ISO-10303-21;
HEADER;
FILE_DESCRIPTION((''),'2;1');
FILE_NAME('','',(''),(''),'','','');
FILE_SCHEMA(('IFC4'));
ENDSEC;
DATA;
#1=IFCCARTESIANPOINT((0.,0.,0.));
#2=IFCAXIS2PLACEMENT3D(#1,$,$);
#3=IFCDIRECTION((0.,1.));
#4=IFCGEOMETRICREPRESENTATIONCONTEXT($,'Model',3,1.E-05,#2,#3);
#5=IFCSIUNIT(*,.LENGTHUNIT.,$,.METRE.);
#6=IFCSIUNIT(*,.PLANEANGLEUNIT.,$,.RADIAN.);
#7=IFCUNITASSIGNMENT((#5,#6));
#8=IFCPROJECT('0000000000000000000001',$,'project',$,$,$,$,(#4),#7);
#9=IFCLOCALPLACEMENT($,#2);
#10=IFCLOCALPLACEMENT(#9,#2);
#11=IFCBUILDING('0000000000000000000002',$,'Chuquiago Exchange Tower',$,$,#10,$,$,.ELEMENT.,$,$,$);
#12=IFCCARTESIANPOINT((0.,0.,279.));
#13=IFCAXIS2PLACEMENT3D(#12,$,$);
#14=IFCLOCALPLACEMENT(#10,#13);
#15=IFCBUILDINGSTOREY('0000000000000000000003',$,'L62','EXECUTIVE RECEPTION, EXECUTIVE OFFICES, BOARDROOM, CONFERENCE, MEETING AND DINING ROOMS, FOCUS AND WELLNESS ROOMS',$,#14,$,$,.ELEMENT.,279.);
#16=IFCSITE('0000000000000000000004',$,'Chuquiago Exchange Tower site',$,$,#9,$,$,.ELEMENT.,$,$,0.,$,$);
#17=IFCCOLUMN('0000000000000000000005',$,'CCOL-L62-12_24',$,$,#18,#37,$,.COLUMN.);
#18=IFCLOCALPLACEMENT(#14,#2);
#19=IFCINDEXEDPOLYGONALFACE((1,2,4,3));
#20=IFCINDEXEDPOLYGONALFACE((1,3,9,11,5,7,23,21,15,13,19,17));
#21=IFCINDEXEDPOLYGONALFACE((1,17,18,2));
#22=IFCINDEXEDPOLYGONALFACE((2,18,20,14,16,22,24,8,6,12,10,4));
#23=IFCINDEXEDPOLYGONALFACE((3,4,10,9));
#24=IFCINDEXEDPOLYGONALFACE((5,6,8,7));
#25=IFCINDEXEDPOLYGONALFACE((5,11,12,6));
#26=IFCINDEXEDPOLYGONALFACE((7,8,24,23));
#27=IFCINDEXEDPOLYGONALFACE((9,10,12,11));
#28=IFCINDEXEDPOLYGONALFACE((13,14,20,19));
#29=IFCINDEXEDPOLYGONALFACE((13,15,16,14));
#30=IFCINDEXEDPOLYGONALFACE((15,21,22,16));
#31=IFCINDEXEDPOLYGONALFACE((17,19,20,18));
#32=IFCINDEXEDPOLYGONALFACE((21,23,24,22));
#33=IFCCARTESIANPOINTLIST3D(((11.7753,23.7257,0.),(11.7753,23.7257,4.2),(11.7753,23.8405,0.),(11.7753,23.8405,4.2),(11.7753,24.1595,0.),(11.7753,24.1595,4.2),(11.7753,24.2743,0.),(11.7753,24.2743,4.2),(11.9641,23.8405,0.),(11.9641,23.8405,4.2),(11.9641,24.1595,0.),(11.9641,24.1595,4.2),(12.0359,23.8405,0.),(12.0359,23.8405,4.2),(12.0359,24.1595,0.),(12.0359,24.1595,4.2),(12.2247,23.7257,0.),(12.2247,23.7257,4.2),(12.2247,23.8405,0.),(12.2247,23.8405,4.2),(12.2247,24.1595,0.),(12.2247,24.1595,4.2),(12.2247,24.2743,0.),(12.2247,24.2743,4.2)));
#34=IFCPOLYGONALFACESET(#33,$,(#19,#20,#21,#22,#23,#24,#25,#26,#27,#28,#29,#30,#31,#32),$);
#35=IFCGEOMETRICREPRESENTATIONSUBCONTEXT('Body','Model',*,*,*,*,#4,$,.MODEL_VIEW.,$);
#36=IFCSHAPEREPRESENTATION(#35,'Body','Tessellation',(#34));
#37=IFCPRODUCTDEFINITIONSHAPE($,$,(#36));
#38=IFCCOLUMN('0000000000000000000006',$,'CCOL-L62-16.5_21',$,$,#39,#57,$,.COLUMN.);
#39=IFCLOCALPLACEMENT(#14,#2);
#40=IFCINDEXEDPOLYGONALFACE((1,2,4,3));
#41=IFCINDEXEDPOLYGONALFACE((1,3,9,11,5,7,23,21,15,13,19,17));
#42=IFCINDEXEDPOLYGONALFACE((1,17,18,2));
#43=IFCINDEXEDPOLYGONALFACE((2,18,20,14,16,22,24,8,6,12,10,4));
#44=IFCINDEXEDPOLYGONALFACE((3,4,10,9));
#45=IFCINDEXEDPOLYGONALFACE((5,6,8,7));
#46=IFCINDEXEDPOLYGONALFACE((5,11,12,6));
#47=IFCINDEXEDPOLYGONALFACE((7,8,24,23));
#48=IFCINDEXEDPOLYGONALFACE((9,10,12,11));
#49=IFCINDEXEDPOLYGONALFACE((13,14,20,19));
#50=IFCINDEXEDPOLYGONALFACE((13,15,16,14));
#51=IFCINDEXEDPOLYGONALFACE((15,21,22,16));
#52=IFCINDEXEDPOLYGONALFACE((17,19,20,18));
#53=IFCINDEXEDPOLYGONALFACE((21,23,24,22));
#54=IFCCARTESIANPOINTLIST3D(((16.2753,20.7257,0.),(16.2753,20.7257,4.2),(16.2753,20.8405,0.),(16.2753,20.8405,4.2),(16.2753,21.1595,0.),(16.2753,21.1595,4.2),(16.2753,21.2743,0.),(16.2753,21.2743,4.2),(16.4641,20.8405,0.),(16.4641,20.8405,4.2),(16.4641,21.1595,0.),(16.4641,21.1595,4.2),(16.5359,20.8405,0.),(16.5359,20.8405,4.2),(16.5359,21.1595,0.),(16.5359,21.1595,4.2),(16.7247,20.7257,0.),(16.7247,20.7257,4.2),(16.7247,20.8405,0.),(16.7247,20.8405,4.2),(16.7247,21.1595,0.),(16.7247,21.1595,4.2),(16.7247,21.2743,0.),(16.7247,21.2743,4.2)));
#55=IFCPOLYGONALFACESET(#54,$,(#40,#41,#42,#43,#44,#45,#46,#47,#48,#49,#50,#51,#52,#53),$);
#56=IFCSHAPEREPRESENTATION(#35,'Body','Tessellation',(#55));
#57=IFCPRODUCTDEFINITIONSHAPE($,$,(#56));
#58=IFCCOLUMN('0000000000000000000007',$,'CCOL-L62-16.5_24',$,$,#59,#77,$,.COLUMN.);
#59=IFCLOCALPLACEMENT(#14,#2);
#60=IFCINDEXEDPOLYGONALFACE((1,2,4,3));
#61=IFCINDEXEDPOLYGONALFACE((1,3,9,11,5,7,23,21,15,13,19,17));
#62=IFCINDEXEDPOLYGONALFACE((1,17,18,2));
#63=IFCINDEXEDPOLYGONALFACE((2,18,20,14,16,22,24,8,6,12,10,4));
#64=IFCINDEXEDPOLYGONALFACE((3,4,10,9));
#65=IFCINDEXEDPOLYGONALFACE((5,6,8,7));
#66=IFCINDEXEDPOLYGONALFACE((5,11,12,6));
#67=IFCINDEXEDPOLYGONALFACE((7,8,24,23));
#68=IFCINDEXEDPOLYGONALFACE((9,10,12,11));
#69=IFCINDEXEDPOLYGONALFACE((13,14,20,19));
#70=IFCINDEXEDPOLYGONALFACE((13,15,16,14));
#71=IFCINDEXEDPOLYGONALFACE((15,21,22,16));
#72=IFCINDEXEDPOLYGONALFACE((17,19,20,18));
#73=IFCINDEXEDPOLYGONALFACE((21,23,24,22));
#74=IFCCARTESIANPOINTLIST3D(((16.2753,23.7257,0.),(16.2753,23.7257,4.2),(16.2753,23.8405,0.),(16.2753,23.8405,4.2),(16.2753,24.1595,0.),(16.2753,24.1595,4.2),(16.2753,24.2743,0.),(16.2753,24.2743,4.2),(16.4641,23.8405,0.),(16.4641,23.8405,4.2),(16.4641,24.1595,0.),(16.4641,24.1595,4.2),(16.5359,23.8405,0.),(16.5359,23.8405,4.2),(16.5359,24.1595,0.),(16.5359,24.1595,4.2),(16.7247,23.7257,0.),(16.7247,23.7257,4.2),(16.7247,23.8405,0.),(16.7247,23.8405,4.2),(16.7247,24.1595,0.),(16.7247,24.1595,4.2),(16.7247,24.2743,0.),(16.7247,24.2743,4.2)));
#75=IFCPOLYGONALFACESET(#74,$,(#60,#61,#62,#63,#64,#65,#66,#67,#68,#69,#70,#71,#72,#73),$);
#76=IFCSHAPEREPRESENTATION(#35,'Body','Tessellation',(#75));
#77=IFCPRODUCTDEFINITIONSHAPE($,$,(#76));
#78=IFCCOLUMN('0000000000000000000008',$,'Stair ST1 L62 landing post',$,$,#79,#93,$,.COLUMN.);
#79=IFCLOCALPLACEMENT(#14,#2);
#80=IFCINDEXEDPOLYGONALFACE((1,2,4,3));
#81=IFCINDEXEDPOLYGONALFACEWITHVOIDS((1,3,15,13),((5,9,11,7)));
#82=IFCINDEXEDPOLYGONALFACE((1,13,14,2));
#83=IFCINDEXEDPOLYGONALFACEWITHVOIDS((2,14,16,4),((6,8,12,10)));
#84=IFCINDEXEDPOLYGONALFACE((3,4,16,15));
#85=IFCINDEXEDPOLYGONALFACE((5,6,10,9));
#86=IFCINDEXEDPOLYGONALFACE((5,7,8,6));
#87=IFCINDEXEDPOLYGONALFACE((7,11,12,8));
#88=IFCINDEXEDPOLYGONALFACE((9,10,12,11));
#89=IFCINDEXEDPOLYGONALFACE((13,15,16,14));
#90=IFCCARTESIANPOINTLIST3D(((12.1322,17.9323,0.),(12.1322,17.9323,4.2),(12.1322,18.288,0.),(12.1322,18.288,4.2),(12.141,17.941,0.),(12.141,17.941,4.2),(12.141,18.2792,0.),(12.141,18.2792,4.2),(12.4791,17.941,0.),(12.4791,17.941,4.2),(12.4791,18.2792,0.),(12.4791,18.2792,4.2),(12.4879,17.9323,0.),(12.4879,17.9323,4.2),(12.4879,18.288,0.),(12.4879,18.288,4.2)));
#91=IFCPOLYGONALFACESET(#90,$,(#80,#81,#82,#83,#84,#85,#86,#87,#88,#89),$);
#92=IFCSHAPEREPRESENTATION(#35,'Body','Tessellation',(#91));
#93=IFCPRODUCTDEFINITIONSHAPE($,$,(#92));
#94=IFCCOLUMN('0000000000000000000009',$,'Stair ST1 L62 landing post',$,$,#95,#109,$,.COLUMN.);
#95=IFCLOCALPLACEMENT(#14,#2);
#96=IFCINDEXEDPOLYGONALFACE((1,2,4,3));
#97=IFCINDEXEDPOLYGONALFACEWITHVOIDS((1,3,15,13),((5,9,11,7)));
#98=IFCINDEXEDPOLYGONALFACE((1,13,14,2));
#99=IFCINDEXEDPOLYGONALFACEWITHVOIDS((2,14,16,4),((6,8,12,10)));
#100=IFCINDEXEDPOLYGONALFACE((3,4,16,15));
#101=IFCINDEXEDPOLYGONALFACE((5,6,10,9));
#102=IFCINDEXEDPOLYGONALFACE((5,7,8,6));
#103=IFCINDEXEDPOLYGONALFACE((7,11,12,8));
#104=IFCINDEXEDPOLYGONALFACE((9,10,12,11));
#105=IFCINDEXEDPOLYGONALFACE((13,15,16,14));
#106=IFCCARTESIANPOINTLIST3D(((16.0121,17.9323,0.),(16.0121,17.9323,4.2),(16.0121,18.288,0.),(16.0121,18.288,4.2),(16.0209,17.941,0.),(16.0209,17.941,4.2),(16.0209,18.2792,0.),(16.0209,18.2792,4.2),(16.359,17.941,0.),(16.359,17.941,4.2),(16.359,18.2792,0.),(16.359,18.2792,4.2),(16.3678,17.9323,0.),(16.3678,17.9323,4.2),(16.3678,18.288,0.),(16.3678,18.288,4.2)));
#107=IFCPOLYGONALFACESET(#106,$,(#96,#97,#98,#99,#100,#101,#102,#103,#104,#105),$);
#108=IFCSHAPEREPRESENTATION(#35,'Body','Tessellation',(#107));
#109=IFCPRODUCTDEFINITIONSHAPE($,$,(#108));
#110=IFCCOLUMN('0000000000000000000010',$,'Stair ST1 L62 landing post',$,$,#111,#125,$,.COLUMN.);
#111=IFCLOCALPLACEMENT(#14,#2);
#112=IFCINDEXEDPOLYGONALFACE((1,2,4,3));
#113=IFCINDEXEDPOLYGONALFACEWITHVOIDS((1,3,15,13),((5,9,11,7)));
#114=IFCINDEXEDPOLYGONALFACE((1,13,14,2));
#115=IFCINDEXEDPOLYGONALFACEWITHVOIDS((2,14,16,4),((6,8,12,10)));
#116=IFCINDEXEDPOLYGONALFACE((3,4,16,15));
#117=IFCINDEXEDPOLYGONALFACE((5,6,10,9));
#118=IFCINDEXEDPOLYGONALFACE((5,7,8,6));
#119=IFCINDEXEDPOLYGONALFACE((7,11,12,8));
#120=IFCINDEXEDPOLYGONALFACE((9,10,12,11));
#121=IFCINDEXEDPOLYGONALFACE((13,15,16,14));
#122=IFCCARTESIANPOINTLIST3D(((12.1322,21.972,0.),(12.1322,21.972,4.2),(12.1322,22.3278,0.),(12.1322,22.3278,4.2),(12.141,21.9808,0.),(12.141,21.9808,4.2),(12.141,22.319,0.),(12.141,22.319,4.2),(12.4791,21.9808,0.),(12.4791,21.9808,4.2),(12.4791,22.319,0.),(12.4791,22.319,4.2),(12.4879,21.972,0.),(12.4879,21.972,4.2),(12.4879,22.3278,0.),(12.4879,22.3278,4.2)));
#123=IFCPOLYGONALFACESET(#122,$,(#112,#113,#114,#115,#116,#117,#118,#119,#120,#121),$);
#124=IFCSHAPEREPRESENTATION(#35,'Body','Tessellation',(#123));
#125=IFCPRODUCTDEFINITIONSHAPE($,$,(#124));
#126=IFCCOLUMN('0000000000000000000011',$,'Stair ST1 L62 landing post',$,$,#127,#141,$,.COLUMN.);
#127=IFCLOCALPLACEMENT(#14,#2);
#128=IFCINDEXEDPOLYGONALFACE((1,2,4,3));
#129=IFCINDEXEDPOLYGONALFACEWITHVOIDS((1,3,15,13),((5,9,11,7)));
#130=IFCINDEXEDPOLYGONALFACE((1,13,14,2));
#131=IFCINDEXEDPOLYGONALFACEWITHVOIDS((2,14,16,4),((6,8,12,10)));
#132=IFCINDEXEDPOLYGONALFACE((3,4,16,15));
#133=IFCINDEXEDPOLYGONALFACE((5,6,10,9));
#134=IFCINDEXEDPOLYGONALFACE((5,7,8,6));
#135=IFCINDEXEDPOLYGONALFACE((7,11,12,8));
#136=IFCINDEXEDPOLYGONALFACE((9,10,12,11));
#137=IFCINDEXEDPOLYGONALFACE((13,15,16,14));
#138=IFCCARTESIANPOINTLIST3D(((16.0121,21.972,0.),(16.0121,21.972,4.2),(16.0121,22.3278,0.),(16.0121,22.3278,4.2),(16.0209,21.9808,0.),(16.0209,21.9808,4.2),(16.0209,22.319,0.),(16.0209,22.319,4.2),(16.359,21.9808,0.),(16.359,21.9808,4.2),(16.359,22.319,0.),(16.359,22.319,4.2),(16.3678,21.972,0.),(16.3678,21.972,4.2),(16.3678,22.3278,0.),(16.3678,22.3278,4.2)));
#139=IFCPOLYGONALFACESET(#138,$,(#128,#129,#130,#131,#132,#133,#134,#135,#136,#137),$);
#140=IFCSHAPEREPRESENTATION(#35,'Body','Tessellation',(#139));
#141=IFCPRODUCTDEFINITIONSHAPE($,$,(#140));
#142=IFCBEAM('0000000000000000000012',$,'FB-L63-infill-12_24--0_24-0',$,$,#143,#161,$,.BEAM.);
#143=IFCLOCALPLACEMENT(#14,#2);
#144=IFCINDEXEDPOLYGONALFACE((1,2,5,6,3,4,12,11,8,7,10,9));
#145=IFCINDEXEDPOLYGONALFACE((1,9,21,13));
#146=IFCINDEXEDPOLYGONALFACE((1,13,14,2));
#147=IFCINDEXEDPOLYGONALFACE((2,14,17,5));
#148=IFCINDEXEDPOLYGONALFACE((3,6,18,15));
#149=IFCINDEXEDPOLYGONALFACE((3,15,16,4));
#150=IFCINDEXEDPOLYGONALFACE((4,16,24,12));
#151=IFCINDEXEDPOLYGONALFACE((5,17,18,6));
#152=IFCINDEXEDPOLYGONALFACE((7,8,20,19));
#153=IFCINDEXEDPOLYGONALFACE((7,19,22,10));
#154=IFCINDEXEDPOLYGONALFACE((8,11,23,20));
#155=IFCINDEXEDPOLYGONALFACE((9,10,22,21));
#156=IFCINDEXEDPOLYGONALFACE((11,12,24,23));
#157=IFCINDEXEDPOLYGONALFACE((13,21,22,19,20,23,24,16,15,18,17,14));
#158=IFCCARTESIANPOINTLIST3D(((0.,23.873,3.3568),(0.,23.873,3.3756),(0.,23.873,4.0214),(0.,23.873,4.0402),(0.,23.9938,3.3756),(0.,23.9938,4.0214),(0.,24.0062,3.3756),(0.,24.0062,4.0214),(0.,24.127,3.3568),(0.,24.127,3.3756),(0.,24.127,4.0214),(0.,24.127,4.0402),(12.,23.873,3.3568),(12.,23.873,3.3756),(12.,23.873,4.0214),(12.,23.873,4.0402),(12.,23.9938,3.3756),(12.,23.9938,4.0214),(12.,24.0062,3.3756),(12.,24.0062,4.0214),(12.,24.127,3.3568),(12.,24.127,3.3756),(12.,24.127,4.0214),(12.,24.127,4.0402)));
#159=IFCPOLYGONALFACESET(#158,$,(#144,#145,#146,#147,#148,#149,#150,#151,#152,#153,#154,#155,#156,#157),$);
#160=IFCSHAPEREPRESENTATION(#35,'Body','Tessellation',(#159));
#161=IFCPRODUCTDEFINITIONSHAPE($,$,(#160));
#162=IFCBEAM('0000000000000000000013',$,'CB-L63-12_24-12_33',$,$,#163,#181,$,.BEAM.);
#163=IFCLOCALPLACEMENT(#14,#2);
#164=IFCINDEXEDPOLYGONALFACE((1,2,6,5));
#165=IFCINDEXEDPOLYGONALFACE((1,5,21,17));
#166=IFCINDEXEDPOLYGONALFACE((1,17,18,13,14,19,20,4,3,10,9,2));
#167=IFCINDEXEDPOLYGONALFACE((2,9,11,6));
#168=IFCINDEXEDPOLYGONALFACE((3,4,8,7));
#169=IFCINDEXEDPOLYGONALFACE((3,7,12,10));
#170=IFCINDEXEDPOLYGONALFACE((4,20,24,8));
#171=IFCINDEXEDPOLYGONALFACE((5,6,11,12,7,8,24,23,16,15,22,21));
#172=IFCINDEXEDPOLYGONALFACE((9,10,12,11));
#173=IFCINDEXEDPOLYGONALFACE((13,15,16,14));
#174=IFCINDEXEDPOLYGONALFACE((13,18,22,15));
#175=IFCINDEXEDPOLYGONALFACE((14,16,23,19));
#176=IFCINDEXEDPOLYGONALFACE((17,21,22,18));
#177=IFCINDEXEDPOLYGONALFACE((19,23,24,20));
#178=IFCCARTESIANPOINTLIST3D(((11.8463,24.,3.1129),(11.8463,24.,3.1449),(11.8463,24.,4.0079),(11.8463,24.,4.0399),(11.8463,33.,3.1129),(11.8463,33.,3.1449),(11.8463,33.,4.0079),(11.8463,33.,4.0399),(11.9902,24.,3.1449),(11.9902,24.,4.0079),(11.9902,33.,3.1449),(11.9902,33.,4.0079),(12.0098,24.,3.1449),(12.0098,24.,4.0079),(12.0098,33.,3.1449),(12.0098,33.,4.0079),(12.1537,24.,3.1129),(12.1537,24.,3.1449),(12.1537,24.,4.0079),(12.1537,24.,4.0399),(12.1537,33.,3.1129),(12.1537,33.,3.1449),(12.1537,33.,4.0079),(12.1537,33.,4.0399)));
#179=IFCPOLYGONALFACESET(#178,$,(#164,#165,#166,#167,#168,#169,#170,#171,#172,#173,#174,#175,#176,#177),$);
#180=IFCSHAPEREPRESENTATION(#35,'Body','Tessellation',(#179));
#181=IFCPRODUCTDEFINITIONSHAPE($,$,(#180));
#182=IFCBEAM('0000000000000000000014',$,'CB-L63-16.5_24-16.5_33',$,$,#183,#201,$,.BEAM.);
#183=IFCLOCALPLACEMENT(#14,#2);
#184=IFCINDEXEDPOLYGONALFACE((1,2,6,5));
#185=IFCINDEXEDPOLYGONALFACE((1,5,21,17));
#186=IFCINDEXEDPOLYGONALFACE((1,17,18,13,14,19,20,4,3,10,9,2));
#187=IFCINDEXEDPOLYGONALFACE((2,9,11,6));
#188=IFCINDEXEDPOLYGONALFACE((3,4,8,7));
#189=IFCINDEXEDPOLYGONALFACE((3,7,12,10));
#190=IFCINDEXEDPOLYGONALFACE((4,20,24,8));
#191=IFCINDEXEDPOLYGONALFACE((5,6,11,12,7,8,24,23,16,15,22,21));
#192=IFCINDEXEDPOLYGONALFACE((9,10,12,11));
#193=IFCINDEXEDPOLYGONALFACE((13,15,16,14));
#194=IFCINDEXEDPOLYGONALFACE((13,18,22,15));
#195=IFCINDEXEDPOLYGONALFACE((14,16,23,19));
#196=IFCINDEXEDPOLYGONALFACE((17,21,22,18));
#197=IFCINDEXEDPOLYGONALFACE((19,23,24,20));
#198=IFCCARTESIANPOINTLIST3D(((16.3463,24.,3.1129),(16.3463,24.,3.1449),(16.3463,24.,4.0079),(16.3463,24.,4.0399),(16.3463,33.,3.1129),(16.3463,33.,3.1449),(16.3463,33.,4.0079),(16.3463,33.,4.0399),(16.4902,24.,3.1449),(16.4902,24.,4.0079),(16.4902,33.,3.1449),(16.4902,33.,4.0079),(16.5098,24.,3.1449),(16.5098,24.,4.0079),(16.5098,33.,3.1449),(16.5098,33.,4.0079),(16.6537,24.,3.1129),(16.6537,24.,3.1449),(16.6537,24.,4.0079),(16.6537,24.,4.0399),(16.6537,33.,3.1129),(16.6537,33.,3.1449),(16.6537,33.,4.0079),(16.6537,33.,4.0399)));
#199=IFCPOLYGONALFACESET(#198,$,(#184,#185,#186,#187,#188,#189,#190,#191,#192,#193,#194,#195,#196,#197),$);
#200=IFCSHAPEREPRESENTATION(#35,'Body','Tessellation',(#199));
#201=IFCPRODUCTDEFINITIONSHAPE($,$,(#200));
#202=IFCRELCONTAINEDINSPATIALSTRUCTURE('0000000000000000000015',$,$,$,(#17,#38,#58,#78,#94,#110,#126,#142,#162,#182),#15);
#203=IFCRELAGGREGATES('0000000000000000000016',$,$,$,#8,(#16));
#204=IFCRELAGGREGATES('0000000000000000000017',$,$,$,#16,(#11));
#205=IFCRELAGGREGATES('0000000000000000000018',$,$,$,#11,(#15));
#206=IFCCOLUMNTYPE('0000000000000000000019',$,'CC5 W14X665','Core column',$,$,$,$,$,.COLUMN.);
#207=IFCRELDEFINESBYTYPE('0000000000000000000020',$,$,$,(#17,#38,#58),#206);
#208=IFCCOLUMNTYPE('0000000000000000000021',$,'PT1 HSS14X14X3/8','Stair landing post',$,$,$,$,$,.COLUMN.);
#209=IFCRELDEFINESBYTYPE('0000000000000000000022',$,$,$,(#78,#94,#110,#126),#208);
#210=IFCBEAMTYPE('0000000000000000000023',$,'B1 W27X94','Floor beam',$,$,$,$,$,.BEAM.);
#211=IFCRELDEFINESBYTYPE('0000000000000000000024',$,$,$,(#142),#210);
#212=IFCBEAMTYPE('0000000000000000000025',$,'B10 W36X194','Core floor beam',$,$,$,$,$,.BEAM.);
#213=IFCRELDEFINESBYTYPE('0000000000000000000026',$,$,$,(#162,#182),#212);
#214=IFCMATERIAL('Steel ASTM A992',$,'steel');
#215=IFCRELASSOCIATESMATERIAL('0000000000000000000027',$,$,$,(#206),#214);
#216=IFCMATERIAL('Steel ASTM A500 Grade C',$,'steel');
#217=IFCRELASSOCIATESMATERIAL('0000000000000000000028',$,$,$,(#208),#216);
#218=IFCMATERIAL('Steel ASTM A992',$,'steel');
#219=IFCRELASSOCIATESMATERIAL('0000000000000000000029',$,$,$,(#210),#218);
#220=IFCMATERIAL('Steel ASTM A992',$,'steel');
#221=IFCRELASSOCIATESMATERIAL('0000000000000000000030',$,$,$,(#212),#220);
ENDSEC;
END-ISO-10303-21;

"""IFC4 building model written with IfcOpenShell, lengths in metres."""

from ifc_helpers import new_model, si_unit, direction, frame, origin, origin_2d, place, context, subcontext, project, spatial, hollow_rectangle, i_section, extrude, material, material_profile, profile_set, type_object, element, save


model = new_model("IFC4")

# Units and contexts
model_context = context("Model", 3, precision=1e-05, world=origin(), true_north=direction((0.0, 1.0)))
body_context = subcontext(model_context, "Body", "Model", "MODEL_VIEW")
ifc_project = project(units=[si_unit("LENGTHUNIT", "METRE"), si_unit("PLANEANGLEUNIT", "RADIAN")], contexts=[model_context])

# Site, building, storey
site_placement = place(None, origin())
site = spatial("IfcSite", under=ifc_project, at=site_placement, Name="Chuquiago Exchange Tower site", CompositionType="ELEMENT", RefElevation=0.0)
building_placement = place(site_placement, origin())
building = spatial("IfcBuilding", under=site, at=building_placement, Name="Chuquiago Exchange Tower", CompositionType="ELEMENT")
storey_placement = place(building_placement, frame((0.0, 0.0, 279.0)))
storey = spatial("IfcBuildingStorey", under=building, at=storey_placement, Name="L62", Description="EXECUTIVE RECEPTION, EXECUTIVE OFFICES, BOARDROOM, CONFERENCE, MEETING AND DINING ROOMS, FOCUS AND WELLNESS ROOMS", CompositionType="ELEMENT", Elevation=279.0)

# Columns
ifc_material_1 = material(Name="Steel ASTM A992", Category="steel")
ifc_material_profile_1 = material_profile(ifc_material_1, i_section(OverallWidth=0.4495, OverallDepth=0.5486, WebThickness=0.0718, FlangeThickness=0.1147, at=origin_2d()), Name="W14X665")
ifc_profile_set_1 = profile_set([ifc_material_profile_1], Name="Steel ASTM A992")
column_type_1 = type_object("IfcColumnType", Name="CC5 W14X665", Description="Core column", PredefinedType="COLUMN", material=ifc_profile_set_1)
for number, where, z_axis, x_axis, name in (
    (1, (12.0, 24.0, 0.0), (0.0, 0.0, 1.0), (1.0, 0.0, 0.0), "CCOL-L62-12_24"),
    (2, (16.5, 21.0, 0.0), (0.0, 0.0, 1.0), (1.0, 0.0, 0.0), "CCOL-L62-16.5_21"),
    (3, (16.5, 24.0, 0.0), (0.0, 0.0, 1.0), (1.0, 0.0, 0.0), "CCOL-L62-16.5_24"),
):
    element("IfcColumn", number, at=place(storey_placement, frame(where, z_axis=z_axis, x_axis=x_axis)), inside=storey, type_object=column_type_1, Name=name, PredefinedType="COLUMN", context=body_context, shape_type="SweptSolid", body=[
        extrude(i_section(OverallWidth=0.4495, OverallDepth=0.5486, WebThickness=0.0718, FlangeThickness=0.1147, at=origin_2d()), origin(), (0.0, 0.0, 1.0), 4.2),
    ])
ifc_material_2 = material(Name="Steel ASTM A500 Grade C", Category="steel")
ifc_material_profile_2 = material_profile(ifc_material_2, hollow_rectangle(XDim=0.3557, YDim=0.3557, WallThickness=0.0088, at=origin_2d()), Name="HSS14X14X3/8")
ifc_profile_set_2 = profile_set([ifc_material_profile_2], Name="Steel ASTM A500 Grade C")
column_type_2 = type_object("IfcColumnType", Name="PT1 HSS14X14X3/8", Description="Stair landing post", PredefinedType="COLUMN", material=ifc_profile_set_2)
for number, where, z_axis, x_axis, name in (
    (4, (12.3101, 18.1101, 0.0), (0.0, 0.0, 1.0), (1.0, 0.0, 0.0), "Stair ST1 L62 landing post"),
    (5, (16.1899, 18.1101, 0.0), (0.0, 0.0, 1.0), (1.0, 0.0, 0.0), "Stair ST1 L62 landing post"),
    (6, (12.3101, 22.1499, 0.0), (0.0, 0.0, 1.0), (1.0, 0.0, 0.0), "Stair ST1 L62 landing post"),
    (7, (16.1899, 22.1499, 0.0), (0.0, 0.0, 1.0), (1.0, 0.0, 0.0), "Stair ST1 L62 landing post"),
):
    element("IfcColumn", number, at=place(storey_placement, frame(where, z_axis=z_axis, x_axis=x_axis)), inside=storey, type_object=column_type_2, Name=name, PredefinedType="COLUMN", context=body_context, shape_type="SweptSolid", body=[
        extrude(hollow_rectangle(XDim=0.3557, YDim=0.3557, WallThickness=0.0088, at=origin_2d()), origin(), (0.0, 0.0, 1.0), 4.2),
    ])

# Beams
ifc_material_3 = material(Name="Steel ASTM A992", Category="steel")
ifc_material_profile_3 = material_profile(ifc_material_3, i_section(OverallWidth=0.2539, OverallDepth=0.6833, WebThickness=0.0125, FlangeThickness=0.0188, at=origin_2d()), Name="W27X94")
ifc_profile_set_3 = profile_set([ifc_material_profile_3], Name="Steel ASTM A992")
beam_type_1 = type_object("IfcBeamType", Name="B1 W27X94", Description="Floor beam", PredefinedType="BEAM", material=ifc_profile_set_3)
beam_1_placement = place(storey_placement, frame((12.0, 24.0, 3.6985), z_axis=(-1.0, 0.0, 0.0), x_axis=(0.0, -1.0, 0.0)))
element("IfcBeam", 8, at=beam_1_placement, inside=storey, type_object=beam_type_1, Name="FB-L63-infill-12_24--0_24-0", PredefinedType="BEAM", context=body_context, shape_type="SweptSolid", body=[
    extrude(i_section(OverallWidth=0.2539, OverallDepth=0.6833, WebThickness=0.0125, FlangeThickness=0.0188, at=origin_2d()), origin(), (0.0, 0.0, 1.0), 12.0),
])
ifc_material_4 = material(Name="Steel ASTM A992", Category="steel")
ifc_material_profile_4 = material_profile(ifc_material_4, i_section(OverallWidth=0.3074, OverallDepth=0.927, WebThickness=0.0195, FlangeThickness=0.032, at=origin_2d()), Name="W36X194")
ifc_profile_set_4 = profile_set([ifc_material_profile_4], Name="Steel ASTM A992")
beam_type_2 = type_object("IfcBeamType", Name="B10 W36X194", Description="Core floor beam", PredefinedType="BEAM", material=ifc_profile_set_4)
for number, where, z_axis, x_axis, name in (
    (9, (12.0, 24.0, 3.5764), (0.0, 1.0, 0.0), (-1.0, 0.0, 0.0), "CB-L63-12_24-12_33"),
    (10, (16.5, 24.0, 3.5764), (0.0, 1.0, 0.0), (-1.0, 0.0, 0.0), "CB-L63-16.5_24-16.5_33"),
):
    element("IfcBeam", number, at=place(storey_placement, frame(where, z_axis=z_axis, x_axis=x_axis)), inside=storey, type_object=beam_type_2, Name=name, PredefinedType="BEAM", context=body_context, shape_type="SweptSolid", body=[
        extrude(i_section(OverallWidth=0.3074, OverallDepth=0.927, WebThickness=0.0195, FlangeThickness=0.032, at=origin_2d()), origin(), (0.0, 0.0, 1.0), 9.0),
    ])

save(model, "model.ifc")
